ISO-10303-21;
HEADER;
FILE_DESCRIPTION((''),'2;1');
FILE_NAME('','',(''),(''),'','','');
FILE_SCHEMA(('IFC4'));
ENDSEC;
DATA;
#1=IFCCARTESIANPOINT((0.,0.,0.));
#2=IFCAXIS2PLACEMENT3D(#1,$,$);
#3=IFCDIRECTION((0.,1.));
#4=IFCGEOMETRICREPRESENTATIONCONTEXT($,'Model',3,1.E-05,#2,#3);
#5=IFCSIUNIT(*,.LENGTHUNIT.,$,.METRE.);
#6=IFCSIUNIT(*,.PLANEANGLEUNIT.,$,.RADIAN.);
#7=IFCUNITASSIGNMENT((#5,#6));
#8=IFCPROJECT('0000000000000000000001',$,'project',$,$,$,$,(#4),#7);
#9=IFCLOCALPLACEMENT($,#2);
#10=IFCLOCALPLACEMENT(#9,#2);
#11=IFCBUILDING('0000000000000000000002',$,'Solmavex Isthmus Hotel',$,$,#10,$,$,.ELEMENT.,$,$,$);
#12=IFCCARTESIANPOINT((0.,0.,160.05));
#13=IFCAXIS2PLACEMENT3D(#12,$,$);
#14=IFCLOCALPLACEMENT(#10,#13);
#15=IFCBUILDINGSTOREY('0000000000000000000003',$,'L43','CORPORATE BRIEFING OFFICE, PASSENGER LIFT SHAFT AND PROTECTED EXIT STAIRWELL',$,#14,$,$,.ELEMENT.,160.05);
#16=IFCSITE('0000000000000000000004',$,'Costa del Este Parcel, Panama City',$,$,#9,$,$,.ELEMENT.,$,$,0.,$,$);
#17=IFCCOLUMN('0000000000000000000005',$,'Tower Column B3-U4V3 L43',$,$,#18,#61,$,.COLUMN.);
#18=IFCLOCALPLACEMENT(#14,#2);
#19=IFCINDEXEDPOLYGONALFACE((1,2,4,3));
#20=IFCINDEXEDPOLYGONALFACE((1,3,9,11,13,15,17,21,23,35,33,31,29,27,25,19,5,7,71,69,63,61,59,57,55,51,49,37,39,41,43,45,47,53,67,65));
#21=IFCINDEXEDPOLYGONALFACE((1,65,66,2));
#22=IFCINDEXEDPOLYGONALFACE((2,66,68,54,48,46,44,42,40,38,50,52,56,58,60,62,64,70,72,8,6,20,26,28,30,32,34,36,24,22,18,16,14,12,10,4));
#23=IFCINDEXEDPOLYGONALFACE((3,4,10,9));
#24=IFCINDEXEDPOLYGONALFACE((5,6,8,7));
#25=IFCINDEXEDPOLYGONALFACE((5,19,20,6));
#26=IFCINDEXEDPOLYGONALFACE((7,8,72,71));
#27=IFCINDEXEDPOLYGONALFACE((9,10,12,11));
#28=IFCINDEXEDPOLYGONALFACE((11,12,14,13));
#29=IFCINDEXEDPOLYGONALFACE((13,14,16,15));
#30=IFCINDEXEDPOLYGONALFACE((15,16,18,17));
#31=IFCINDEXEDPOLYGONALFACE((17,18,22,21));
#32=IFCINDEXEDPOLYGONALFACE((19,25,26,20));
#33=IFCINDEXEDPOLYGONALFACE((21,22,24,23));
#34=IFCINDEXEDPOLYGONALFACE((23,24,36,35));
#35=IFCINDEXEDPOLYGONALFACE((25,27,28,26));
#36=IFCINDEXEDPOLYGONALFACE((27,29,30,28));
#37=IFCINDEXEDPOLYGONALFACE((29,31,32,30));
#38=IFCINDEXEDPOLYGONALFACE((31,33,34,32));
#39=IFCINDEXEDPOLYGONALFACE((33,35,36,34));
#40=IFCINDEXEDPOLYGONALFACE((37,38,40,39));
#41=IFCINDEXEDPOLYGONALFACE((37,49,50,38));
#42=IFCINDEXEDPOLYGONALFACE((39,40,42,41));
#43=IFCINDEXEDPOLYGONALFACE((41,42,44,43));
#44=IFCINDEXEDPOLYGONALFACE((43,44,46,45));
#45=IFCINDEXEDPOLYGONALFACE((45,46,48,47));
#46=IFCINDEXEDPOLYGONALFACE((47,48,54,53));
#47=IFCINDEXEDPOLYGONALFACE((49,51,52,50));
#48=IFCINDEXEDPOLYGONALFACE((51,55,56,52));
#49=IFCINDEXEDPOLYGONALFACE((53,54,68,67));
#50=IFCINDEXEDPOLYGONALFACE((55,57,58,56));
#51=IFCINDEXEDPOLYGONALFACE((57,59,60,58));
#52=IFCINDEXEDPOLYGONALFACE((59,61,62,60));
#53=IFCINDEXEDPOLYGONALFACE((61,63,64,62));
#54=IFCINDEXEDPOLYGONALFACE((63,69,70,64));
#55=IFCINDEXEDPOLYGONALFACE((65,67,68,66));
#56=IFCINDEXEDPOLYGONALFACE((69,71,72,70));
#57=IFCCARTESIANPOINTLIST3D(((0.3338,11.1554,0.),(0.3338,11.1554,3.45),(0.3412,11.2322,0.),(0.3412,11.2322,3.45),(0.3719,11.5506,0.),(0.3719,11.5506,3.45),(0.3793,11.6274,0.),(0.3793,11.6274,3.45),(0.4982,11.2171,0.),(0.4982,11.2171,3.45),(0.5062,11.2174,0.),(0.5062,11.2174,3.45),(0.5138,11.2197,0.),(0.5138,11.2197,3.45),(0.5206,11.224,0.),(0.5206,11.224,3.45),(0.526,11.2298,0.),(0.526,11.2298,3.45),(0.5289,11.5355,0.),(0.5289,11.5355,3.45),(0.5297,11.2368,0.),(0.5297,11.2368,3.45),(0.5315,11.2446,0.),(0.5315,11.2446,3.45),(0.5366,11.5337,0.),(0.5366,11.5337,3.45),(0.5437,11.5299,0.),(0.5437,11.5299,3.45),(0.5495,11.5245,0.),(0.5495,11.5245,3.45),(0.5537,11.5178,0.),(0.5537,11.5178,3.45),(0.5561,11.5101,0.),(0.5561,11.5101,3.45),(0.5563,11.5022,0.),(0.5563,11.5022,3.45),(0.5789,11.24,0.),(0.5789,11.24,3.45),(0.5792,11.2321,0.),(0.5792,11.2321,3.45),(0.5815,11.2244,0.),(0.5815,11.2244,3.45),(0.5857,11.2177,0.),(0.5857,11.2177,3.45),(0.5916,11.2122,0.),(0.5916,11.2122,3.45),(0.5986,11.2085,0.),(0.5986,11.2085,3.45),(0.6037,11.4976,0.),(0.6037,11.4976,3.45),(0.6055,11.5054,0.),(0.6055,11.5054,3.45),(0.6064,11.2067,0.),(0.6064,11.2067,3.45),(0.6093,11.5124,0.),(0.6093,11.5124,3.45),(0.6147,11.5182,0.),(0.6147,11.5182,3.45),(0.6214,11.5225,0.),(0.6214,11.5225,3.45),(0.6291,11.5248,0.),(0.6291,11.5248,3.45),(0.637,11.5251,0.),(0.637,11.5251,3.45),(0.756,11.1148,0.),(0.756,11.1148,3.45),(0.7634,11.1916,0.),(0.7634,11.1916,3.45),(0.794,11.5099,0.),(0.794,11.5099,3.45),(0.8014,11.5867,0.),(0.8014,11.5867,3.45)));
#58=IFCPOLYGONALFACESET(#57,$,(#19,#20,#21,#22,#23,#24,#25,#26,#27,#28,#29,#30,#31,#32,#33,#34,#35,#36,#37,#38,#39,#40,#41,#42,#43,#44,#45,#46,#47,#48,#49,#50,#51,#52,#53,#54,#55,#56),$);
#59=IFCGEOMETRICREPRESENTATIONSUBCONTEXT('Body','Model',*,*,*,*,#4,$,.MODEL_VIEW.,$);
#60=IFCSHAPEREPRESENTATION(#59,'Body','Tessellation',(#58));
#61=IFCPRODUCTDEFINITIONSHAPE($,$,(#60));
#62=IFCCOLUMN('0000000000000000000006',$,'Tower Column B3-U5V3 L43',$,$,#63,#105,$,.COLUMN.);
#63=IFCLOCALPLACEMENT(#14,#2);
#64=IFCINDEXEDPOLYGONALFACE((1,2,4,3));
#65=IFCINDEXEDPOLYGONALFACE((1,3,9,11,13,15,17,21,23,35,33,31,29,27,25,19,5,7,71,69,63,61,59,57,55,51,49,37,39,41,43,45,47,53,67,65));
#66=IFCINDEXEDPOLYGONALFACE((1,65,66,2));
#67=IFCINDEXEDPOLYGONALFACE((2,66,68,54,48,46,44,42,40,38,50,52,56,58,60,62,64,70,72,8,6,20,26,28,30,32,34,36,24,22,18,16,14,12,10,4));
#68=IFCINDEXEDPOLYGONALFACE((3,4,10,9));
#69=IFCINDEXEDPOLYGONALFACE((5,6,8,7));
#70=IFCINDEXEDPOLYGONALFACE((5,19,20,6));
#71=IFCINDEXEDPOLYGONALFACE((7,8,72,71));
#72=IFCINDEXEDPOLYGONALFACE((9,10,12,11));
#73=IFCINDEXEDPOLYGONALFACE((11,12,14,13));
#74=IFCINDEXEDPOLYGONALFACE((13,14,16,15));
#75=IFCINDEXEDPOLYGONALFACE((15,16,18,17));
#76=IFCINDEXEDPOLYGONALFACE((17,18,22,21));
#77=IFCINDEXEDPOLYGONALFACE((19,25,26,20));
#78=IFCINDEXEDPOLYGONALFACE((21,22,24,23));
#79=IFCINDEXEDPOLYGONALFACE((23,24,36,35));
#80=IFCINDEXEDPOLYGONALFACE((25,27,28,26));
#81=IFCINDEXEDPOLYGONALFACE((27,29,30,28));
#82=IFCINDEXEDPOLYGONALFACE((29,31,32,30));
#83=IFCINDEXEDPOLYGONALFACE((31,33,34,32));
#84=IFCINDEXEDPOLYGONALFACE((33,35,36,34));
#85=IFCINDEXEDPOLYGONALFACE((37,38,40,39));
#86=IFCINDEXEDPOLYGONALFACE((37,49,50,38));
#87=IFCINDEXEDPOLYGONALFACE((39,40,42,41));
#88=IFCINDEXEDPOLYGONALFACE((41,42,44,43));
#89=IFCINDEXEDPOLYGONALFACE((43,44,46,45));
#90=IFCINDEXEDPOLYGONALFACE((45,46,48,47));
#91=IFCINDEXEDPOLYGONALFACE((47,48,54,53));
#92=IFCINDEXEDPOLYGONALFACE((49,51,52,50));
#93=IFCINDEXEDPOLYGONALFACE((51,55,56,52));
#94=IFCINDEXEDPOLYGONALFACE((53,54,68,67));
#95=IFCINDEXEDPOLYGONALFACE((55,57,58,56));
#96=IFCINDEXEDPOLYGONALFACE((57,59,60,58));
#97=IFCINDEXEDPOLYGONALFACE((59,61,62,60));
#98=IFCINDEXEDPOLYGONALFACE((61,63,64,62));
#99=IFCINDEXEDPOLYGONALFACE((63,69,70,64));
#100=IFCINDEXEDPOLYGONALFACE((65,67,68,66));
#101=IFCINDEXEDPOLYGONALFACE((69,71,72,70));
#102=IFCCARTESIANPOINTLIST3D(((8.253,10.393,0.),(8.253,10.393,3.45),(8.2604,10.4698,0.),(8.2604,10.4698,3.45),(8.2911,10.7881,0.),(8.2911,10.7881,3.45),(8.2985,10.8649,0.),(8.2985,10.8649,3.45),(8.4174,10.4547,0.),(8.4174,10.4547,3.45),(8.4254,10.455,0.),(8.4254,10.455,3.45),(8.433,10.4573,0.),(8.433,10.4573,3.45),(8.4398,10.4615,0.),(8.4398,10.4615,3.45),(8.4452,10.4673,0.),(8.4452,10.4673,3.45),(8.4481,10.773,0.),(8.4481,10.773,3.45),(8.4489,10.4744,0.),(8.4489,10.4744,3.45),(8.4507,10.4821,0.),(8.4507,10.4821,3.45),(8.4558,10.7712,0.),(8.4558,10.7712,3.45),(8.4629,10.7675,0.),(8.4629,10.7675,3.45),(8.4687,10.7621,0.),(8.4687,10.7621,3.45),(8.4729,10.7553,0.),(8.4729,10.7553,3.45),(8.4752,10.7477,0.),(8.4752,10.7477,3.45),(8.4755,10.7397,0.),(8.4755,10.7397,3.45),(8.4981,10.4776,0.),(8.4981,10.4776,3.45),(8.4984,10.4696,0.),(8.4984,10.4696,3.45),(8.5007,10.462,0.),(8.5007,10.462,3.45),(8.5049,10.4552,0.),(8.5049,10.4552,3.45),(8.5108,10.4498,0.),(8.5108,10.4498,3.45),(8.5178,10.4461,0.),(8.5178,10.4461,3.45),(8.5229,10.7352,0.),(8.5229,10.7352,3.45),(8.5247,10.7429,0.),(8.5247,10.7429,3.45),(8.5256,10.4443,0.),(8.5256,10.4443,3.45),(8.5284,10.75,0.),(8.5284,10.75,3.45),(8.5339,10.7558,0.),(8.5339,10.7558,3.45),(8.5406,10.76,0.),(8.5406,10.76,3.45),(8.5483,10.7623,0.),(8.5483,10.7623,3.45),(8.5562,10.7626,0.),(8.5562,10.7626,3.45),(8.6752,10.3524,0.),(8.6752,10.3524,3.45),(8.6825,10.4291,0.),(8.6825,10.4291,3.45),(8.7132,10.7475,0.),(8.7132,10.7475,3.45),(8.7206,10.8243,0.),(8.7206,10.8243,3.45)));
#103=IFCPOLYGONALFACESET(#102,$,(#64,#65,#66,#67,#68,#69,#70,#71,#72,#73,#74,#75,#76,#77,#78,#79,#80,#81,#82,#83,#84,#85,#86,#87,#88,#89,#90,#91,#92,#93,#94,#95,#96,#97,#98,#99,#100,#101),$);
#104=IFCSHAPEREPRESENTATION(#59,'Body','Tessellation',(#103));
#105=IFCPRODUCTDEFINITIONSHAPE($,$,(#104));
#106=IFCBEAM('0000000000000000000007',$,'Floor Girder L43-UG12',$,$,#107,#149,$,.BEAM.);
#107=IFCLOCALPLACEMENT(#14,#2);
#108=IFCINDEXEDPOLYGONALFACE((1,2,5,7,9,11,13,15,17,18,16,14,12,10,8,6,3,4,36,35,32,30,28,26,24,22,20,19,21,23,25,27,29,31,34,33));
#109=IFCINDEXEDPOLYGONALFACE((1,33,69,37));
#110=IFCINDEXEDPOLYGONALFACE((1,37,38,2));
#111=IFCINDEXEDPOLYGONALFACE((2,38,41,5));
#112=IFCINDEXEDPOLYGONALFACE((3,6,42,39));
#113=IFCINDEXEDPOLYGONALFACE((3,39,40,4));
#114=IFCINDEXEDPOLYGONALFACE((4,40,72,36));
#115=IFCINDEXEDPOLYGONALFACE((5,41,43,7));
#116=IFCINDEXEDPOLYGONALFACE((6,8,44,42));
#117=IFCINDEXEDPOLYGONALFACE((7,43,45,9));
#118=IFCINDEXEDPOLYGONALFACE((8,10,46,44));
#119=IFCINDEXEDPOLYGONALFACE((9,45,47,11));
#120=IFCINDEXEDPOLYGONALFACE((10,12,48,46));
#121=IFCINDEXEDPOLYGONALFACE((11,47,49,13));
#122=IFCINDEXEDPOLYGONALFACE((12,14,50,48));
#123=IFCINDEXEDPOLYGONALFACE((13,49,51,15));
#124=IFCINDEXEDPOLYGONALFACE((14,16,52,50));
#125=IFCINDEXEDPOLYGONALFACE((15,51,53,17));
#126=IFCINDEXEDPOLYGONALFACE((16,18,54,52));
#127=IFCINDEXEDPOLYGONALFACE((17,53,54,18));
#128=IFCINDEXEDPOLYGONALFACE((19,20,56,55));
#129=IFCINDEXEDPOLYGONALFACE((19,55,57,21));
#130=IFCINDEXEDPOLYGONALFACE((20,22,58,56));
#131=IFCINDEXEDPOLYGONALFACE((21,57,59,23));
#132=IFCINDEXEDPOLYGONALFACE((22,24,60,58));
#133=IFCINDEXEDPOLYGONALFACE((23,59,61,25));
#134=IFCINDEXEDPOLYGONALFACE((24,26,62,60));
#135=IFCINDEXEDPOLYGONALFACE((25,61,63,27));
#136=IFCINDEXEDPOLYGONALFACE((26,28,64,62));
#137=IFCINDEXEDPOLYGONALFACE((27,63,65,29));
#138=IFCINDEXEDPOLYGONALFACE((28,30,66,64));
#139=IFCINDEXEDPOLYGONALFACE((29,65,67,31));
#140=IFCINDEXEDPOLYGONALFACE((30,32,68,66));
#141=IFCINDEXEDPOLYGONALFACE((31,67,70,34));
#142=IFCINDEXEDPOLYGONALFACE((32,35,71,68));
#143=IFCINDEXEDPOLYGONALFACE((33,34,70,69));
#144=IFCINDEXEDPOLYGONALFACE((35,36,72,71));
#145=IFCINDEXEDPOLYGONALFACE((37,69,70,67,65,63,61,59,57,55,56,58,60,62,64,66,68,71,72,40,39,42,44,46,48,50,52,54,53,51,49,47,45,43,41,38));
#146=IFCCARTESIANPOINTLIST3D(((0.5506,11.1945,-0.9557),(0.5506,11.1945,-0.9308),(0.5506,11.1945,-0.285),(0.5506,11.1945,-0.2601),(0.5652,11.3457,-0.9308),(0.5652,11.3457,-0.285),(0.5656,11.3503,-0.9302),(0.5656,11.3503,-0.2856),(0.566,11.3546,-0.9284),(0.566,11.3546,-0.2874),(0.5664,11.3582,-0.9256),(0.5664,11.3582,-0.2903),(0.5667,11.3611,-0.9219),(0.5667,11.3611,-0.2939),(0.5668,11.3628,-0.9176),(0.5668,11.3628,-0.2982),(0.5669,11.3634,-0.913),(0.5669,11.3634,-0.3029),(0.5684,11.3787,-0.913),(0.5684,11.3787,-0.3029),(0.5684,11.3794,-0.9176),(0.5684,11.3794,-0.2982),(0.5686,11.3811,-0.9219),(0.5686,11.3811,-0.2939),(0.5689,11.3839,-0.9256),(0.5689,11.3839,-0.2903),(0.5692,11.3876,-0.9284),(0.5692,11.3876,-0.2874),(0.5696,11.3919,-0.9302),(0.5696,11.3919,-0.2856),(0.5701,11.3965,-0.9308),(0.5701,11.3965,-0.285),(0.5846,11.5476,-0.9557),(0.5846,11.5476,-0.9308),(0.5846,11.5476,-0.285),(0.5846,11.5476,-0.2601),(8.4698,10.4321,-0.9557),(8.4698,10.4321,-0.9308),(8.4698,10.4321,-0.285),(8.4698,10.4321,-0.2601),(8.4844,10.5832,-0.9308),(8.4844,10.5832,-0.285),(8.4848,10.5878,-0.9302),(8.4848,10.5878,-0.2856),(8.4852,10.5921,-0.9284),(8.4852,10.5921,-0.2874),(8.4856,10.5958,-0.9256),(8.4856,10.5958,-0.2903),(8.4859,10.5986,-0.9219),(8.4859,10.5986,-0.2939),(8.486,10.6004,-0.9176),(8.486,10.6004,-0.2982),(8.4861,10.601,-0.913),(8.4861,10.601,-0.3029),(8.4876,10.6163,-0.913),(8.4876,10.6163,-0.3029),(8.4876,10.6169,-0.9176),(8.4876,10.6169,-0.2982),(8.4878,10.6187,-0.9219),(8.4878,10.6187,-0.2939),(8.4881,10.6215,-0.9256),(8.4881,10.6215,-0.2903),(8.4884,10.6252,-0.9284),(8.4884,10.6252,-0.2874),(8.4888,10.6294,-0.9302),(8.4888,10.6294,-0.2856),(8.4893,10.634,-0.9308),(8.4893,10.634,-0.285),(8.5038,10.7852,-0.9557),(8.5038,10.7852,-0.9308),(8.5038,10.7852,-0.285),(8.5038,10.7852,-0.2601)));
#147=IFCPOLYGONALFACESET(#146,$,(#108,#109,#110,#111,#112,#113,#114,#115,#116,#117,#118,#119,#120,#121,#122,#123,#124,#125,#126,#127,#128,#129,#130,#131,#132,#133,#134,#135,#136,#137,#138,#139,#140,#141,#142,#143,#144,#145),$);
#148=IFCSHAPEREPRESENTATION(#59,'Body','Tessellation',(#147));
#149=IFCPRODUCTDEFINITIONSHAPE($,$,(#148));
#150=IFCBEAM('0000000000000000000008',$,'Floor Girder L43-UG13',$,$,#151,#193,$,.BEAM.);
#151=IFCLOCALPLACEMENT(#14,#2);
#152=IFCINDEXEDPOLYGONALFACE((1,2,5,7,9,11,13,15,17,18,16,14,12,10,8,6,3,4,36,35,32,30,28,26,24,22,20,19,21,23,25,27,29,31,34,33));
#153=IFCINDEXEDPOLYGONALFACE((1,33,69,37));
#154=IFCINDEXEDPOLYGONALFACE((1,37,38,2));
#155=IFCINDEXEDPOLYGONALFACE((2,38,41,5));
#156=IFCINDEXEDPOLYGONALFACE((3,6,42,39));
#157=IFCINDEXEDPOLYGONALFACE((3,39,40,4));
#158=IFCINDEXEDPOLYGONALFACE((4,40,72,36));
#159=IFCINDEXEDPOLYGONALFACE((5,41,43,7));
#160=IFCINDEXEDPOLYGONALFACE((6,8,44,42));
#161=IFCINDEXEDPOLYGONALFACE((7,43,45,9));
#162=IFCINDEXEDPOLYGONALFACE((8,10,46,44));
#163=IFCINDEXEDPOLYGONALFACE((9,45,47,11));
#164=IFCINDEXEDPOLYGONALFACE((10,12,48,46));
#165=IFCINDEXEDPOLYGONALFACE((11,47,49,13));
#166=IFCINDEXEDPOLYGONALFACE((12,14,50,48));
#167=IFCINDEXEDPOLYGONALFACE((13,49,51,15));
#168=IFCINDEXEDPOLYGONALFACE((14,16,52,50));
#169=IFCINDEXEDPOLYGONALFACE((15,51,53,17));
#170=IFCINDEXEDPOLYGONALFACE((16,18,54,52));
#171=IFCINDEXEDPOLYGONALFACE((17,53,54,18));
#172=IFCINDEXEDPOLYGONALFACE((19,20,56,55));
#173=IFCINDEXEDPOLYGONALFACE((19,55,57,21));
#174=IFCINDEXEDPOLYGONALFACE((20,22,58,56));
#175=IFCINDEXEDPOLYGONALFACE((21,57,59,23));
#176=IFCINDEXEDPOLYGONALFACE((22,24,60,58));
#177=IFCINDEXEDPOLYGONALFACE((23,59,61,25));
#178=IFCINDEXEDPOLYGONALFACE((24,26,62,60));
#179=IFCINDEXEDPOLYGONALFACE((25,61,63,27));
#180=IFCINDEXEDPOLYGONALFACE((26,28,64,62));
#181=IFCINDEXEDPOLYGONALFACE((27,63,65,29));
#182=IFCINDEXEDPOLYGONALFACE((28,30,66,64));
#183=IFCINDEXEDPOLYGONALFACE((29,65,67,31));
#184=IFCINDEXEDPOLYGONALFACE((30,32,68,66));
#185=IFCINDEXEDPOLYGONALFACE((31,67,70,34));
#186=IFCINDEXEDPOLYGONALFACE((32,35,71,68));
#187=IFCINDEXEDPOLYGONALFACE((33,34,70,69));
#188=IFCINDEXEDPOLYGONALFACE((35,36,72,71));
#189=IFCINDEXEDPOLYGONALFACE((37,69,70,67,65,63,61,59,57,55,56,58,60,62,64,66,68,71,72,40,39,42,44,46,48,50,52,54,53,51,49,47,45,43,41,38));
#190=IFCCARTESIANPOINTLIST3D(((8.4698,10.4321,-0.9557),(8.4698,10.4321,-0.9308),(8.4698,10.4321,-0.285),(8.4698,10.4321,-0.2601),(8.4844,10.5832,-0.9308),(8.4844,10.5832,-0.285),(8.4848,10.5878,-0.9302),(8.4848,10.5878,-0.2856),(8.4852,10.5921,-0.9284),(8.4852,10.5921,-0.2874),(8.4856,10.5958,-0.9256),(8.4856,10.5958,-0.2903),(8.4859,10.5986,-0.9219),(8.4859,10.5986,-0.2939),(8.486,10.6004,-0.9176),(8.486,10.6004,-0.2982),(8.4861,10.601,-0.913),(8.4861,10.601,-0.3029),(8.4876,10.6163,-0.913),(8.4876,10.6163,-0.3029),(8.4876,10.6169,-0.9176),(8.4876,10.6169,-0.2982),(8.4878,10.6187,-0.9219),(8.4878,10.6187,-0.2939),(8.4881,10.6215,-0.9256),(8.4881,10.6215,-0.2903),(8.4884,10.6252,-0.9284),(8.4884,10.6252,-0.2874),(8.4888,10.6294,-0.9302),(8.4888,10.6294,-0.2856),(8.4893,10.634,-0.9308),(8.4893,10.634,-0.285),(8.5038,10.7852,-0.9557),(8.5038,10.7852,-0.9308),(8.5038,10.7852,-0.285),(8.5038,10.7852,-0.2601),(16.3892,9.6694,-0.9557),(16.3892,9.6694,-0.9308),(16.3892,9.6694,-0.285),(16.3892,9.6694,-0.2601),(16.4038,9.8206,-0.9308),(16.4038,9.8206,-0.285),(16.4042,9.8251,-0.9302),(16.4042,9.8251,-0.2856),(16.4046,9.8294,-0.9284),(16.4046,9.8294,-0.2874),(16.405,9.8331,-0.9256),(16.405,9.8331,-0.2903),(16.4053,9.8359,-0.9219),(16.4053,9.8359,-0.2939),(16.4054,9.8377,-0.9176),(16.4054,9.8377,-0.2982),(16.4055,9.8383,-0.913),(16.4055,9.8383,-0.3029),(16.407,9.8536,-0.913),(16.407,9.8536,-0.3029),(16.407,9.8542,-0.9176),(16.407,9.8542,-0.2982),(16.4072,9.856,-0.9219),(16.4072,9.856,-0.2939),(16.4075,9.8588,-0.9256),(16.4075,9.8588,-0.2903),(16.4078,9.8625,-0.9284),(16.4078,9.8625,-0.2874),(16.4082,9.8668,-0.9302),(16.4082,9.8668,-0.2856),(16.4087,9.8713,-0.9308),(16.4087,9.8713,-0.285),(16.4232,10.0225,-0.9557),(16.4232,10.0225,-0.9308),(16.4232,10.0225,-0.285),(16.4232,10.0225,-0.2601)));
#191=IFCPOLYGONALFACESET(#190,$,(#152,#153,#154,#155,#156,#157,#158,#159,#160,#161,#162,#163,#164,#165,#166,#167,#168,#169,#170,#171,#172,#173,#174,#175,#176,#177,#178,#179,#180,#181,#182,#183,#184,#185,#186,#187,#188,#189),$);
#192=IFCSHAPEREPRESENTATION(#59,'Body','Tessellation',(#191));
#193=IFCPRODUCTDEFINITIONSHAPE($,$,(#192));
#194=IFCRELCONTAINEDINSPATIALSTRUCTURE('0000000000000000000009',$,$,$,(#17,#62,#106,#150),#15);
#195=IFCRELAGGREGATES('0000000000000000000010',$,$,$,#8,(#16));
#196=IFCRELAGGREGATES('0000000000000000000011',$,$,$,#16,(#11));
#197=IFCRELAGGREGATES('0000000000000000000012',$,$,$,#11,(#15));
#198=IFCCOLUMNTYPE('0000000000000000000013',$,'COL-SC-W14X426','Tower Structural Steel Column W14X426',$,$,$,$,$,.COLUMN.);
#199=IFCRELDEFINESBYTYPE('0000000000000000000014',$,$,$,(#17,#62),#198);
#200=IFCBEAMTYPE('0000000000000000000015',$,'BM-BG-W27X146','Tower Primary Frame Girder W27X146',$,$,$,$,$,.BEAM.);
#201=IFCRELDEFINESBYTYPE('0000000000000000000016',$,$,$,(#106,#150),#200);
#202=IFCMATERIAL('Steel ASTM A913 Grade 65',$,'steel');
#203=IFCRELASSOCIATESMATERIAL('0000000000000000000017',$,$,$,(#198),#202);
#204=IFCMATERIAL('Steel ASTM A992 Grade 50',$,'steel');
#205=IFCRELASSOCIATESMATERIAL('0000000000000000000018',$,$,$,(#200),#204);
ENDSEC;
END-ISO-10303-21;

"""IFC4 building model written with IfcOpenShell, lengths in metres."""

from ifc_helpers import new_model, si_unit, direction, frame, origin, origin_2d, place, context, subcontext, project, spatial, i_section, extrude, material, material_profile, profile_set, type_object, element, save


model = new_model("IFC4")

# Units and contexts
model_context = context("Model", 3, precision=1e-05, world=origin(), true_north=direction((0.0, 1.0)))
body_context = subcontext(model_context, "Body", "Model", "MODEL_VIEW")
ifc_project = project(units=[si_unit("LENGTHUNIT", "METRE"), si_unit("PLANEANGLEUNIT", "RADIAN")], contexts=[model_context])

# Site, building, storey
site_placement = place(None, origin())
site = spatial("IfcSite", under=ifc_project, at=site_placement, Name="Costa del Este Parcel, Panama City", CompositionType="ELEMENT", RefElevation=0.0)
building_placement = place(site_placement, origin())
building = spatial("IfcBuilding", under=site, at=building_placement, Name="Solmavex Isthmus Hotel", CompositionType="ELEMENT")
storey_placement = place(building_placement, frame((0.0, 0.0, 160.05)))
storey = spatial("IfcBuildingStorey", under=building, at=storey_placement, Name="L43", Description="CORPORATE BRIEFING OFFICE, PASSENGER LIFT SHAFT AND PROTECTED EXIT STAIRWELL", CompositionType="ELEMENT", Elevation=160.05)

# Columns
ifc_material_1 = material(Name="Steel ASTM A913 Grade 65", Category="steel")
ifc_material_profile_1 = material_profile(ifc_material_1, i_section(OverallWidth=0.4241, OverallDepth=0.4741, WebThickness=0.0476, FlangeThickness=0.0771, FilletRadius=0.0305, at=origin_2d()), Name="W14X426")
ifc_profile_set_1 = profile_set([ifc_material_profile_1], Name="Steel ASTM A913 Grade 65")
column_type = type_object("IfcColumnType", Name="COL-SC-W14X426", Description="Tower Structural Steel Column W14X426", PredefinedType="COLUMN", material=ifc_profile_set_1)
for number, where, z_axis, x_axis, name in (
    (1, (0.5676, 11.3711, 0.0), (0.0, 0.0, 1.0), (0.995396, -0.095846, 0.0), "Tower Column B3-U4V3 L43"),
    (2, (8.4868, 10.6086, 0.0), (0.0, 0.0, 1.0), (0.995396, -0.095846, 0.0), "Tower Column B3-U5V3 L43"),
):
    element("IfcColumn", number, at=place(storey_placement, frame(where, z_axis=z_axis, x_axis=x_axis)), inside=storey, type_object=column_type, Name=name, PredefinedType="COLUMN", context=body_context, shape_type="SweptSolid", body=[
        extrude(i_section(OverallWidth=0.4241, OverallDepth=0.4741, WebThickness=0.0476, FlangeThickness=0.0771, FilletRadius=0.0305, at=origin_2d()), origin(), (0.0, 0.0, 1.0), 3.45),
    ])

# Beams
ifc_material_2 = material(Name="Steel ASTM A992 Grade 50", Category="steel")
ifc_material_profile_2 = material_profile(ifc_material_2, i_section(OverallWidth=0.3547, OverallDepth=0.6956, WebThickness=0.0154, FlangeThickness=0.0249, FilletRadius=0.0178, at=origin_2d()), Name="W27X146")
ifc_profile_set_2 = profile_set([ifc_material_profile_2], Name="Steel ASTM A992 Grade 50")
beam_type_1 = type_object("IfcBeamType", Name="BM-BG-W27X146", Description="Tower Primary Frame Girder W27X146", PredefinedType="BEAM", material=ifc_profile_set_2)
beam_1_placement = place(storey_placement, frame((0.5676, 11.3711, -0.6079), z_axis=(0.995397, -0.095836, 0.0), x_axis=(0.095836, 0.995397, 0.0)))
element("IfcBeam", 3, at=beam_1_placement, inside=storey, type_object=beam_type_1, Name="Floor Girder L43-UG12", PredefinedType="BEAM", context=body_context, shape_type="SweptSolid", body=[
    extrude(i_section(OverallWidth=0.3547, OverallDepth=0.6956, WebThickness=0.0154, FlangeThickness=0.0249, FilletRadius=0.0178, at=origin_2d()), origin(), (0.0, 0.0, 1.0), 7.9558),
])
beam_2_placement = place(storey_placement, frame((8.4868, 10.6086, -0.6079), z_axis=(0.995395, -0.095863, 0.0), x_axis=(0.095863, 0.995395, 0.0)))
element("IfcBeam", 4, at=beam_2_placement, inside=storey, type_object=beam_type_1, Name="Floor Girder L43-UG13", PredefinedType="BEAM", context=body_context, shape_type="SweptSolid", body=[
    extrude(i_section(OverallWidth=0.3547, OverallDepth=0.6956, WebThickness=0.0154, FlangeThickness=0.0249, FilletRadius=0.0178, at=origin_2d()), origin(), (0.0, 0.0, 1.0), 7.9561),
])

save(model, "model.ifc")
